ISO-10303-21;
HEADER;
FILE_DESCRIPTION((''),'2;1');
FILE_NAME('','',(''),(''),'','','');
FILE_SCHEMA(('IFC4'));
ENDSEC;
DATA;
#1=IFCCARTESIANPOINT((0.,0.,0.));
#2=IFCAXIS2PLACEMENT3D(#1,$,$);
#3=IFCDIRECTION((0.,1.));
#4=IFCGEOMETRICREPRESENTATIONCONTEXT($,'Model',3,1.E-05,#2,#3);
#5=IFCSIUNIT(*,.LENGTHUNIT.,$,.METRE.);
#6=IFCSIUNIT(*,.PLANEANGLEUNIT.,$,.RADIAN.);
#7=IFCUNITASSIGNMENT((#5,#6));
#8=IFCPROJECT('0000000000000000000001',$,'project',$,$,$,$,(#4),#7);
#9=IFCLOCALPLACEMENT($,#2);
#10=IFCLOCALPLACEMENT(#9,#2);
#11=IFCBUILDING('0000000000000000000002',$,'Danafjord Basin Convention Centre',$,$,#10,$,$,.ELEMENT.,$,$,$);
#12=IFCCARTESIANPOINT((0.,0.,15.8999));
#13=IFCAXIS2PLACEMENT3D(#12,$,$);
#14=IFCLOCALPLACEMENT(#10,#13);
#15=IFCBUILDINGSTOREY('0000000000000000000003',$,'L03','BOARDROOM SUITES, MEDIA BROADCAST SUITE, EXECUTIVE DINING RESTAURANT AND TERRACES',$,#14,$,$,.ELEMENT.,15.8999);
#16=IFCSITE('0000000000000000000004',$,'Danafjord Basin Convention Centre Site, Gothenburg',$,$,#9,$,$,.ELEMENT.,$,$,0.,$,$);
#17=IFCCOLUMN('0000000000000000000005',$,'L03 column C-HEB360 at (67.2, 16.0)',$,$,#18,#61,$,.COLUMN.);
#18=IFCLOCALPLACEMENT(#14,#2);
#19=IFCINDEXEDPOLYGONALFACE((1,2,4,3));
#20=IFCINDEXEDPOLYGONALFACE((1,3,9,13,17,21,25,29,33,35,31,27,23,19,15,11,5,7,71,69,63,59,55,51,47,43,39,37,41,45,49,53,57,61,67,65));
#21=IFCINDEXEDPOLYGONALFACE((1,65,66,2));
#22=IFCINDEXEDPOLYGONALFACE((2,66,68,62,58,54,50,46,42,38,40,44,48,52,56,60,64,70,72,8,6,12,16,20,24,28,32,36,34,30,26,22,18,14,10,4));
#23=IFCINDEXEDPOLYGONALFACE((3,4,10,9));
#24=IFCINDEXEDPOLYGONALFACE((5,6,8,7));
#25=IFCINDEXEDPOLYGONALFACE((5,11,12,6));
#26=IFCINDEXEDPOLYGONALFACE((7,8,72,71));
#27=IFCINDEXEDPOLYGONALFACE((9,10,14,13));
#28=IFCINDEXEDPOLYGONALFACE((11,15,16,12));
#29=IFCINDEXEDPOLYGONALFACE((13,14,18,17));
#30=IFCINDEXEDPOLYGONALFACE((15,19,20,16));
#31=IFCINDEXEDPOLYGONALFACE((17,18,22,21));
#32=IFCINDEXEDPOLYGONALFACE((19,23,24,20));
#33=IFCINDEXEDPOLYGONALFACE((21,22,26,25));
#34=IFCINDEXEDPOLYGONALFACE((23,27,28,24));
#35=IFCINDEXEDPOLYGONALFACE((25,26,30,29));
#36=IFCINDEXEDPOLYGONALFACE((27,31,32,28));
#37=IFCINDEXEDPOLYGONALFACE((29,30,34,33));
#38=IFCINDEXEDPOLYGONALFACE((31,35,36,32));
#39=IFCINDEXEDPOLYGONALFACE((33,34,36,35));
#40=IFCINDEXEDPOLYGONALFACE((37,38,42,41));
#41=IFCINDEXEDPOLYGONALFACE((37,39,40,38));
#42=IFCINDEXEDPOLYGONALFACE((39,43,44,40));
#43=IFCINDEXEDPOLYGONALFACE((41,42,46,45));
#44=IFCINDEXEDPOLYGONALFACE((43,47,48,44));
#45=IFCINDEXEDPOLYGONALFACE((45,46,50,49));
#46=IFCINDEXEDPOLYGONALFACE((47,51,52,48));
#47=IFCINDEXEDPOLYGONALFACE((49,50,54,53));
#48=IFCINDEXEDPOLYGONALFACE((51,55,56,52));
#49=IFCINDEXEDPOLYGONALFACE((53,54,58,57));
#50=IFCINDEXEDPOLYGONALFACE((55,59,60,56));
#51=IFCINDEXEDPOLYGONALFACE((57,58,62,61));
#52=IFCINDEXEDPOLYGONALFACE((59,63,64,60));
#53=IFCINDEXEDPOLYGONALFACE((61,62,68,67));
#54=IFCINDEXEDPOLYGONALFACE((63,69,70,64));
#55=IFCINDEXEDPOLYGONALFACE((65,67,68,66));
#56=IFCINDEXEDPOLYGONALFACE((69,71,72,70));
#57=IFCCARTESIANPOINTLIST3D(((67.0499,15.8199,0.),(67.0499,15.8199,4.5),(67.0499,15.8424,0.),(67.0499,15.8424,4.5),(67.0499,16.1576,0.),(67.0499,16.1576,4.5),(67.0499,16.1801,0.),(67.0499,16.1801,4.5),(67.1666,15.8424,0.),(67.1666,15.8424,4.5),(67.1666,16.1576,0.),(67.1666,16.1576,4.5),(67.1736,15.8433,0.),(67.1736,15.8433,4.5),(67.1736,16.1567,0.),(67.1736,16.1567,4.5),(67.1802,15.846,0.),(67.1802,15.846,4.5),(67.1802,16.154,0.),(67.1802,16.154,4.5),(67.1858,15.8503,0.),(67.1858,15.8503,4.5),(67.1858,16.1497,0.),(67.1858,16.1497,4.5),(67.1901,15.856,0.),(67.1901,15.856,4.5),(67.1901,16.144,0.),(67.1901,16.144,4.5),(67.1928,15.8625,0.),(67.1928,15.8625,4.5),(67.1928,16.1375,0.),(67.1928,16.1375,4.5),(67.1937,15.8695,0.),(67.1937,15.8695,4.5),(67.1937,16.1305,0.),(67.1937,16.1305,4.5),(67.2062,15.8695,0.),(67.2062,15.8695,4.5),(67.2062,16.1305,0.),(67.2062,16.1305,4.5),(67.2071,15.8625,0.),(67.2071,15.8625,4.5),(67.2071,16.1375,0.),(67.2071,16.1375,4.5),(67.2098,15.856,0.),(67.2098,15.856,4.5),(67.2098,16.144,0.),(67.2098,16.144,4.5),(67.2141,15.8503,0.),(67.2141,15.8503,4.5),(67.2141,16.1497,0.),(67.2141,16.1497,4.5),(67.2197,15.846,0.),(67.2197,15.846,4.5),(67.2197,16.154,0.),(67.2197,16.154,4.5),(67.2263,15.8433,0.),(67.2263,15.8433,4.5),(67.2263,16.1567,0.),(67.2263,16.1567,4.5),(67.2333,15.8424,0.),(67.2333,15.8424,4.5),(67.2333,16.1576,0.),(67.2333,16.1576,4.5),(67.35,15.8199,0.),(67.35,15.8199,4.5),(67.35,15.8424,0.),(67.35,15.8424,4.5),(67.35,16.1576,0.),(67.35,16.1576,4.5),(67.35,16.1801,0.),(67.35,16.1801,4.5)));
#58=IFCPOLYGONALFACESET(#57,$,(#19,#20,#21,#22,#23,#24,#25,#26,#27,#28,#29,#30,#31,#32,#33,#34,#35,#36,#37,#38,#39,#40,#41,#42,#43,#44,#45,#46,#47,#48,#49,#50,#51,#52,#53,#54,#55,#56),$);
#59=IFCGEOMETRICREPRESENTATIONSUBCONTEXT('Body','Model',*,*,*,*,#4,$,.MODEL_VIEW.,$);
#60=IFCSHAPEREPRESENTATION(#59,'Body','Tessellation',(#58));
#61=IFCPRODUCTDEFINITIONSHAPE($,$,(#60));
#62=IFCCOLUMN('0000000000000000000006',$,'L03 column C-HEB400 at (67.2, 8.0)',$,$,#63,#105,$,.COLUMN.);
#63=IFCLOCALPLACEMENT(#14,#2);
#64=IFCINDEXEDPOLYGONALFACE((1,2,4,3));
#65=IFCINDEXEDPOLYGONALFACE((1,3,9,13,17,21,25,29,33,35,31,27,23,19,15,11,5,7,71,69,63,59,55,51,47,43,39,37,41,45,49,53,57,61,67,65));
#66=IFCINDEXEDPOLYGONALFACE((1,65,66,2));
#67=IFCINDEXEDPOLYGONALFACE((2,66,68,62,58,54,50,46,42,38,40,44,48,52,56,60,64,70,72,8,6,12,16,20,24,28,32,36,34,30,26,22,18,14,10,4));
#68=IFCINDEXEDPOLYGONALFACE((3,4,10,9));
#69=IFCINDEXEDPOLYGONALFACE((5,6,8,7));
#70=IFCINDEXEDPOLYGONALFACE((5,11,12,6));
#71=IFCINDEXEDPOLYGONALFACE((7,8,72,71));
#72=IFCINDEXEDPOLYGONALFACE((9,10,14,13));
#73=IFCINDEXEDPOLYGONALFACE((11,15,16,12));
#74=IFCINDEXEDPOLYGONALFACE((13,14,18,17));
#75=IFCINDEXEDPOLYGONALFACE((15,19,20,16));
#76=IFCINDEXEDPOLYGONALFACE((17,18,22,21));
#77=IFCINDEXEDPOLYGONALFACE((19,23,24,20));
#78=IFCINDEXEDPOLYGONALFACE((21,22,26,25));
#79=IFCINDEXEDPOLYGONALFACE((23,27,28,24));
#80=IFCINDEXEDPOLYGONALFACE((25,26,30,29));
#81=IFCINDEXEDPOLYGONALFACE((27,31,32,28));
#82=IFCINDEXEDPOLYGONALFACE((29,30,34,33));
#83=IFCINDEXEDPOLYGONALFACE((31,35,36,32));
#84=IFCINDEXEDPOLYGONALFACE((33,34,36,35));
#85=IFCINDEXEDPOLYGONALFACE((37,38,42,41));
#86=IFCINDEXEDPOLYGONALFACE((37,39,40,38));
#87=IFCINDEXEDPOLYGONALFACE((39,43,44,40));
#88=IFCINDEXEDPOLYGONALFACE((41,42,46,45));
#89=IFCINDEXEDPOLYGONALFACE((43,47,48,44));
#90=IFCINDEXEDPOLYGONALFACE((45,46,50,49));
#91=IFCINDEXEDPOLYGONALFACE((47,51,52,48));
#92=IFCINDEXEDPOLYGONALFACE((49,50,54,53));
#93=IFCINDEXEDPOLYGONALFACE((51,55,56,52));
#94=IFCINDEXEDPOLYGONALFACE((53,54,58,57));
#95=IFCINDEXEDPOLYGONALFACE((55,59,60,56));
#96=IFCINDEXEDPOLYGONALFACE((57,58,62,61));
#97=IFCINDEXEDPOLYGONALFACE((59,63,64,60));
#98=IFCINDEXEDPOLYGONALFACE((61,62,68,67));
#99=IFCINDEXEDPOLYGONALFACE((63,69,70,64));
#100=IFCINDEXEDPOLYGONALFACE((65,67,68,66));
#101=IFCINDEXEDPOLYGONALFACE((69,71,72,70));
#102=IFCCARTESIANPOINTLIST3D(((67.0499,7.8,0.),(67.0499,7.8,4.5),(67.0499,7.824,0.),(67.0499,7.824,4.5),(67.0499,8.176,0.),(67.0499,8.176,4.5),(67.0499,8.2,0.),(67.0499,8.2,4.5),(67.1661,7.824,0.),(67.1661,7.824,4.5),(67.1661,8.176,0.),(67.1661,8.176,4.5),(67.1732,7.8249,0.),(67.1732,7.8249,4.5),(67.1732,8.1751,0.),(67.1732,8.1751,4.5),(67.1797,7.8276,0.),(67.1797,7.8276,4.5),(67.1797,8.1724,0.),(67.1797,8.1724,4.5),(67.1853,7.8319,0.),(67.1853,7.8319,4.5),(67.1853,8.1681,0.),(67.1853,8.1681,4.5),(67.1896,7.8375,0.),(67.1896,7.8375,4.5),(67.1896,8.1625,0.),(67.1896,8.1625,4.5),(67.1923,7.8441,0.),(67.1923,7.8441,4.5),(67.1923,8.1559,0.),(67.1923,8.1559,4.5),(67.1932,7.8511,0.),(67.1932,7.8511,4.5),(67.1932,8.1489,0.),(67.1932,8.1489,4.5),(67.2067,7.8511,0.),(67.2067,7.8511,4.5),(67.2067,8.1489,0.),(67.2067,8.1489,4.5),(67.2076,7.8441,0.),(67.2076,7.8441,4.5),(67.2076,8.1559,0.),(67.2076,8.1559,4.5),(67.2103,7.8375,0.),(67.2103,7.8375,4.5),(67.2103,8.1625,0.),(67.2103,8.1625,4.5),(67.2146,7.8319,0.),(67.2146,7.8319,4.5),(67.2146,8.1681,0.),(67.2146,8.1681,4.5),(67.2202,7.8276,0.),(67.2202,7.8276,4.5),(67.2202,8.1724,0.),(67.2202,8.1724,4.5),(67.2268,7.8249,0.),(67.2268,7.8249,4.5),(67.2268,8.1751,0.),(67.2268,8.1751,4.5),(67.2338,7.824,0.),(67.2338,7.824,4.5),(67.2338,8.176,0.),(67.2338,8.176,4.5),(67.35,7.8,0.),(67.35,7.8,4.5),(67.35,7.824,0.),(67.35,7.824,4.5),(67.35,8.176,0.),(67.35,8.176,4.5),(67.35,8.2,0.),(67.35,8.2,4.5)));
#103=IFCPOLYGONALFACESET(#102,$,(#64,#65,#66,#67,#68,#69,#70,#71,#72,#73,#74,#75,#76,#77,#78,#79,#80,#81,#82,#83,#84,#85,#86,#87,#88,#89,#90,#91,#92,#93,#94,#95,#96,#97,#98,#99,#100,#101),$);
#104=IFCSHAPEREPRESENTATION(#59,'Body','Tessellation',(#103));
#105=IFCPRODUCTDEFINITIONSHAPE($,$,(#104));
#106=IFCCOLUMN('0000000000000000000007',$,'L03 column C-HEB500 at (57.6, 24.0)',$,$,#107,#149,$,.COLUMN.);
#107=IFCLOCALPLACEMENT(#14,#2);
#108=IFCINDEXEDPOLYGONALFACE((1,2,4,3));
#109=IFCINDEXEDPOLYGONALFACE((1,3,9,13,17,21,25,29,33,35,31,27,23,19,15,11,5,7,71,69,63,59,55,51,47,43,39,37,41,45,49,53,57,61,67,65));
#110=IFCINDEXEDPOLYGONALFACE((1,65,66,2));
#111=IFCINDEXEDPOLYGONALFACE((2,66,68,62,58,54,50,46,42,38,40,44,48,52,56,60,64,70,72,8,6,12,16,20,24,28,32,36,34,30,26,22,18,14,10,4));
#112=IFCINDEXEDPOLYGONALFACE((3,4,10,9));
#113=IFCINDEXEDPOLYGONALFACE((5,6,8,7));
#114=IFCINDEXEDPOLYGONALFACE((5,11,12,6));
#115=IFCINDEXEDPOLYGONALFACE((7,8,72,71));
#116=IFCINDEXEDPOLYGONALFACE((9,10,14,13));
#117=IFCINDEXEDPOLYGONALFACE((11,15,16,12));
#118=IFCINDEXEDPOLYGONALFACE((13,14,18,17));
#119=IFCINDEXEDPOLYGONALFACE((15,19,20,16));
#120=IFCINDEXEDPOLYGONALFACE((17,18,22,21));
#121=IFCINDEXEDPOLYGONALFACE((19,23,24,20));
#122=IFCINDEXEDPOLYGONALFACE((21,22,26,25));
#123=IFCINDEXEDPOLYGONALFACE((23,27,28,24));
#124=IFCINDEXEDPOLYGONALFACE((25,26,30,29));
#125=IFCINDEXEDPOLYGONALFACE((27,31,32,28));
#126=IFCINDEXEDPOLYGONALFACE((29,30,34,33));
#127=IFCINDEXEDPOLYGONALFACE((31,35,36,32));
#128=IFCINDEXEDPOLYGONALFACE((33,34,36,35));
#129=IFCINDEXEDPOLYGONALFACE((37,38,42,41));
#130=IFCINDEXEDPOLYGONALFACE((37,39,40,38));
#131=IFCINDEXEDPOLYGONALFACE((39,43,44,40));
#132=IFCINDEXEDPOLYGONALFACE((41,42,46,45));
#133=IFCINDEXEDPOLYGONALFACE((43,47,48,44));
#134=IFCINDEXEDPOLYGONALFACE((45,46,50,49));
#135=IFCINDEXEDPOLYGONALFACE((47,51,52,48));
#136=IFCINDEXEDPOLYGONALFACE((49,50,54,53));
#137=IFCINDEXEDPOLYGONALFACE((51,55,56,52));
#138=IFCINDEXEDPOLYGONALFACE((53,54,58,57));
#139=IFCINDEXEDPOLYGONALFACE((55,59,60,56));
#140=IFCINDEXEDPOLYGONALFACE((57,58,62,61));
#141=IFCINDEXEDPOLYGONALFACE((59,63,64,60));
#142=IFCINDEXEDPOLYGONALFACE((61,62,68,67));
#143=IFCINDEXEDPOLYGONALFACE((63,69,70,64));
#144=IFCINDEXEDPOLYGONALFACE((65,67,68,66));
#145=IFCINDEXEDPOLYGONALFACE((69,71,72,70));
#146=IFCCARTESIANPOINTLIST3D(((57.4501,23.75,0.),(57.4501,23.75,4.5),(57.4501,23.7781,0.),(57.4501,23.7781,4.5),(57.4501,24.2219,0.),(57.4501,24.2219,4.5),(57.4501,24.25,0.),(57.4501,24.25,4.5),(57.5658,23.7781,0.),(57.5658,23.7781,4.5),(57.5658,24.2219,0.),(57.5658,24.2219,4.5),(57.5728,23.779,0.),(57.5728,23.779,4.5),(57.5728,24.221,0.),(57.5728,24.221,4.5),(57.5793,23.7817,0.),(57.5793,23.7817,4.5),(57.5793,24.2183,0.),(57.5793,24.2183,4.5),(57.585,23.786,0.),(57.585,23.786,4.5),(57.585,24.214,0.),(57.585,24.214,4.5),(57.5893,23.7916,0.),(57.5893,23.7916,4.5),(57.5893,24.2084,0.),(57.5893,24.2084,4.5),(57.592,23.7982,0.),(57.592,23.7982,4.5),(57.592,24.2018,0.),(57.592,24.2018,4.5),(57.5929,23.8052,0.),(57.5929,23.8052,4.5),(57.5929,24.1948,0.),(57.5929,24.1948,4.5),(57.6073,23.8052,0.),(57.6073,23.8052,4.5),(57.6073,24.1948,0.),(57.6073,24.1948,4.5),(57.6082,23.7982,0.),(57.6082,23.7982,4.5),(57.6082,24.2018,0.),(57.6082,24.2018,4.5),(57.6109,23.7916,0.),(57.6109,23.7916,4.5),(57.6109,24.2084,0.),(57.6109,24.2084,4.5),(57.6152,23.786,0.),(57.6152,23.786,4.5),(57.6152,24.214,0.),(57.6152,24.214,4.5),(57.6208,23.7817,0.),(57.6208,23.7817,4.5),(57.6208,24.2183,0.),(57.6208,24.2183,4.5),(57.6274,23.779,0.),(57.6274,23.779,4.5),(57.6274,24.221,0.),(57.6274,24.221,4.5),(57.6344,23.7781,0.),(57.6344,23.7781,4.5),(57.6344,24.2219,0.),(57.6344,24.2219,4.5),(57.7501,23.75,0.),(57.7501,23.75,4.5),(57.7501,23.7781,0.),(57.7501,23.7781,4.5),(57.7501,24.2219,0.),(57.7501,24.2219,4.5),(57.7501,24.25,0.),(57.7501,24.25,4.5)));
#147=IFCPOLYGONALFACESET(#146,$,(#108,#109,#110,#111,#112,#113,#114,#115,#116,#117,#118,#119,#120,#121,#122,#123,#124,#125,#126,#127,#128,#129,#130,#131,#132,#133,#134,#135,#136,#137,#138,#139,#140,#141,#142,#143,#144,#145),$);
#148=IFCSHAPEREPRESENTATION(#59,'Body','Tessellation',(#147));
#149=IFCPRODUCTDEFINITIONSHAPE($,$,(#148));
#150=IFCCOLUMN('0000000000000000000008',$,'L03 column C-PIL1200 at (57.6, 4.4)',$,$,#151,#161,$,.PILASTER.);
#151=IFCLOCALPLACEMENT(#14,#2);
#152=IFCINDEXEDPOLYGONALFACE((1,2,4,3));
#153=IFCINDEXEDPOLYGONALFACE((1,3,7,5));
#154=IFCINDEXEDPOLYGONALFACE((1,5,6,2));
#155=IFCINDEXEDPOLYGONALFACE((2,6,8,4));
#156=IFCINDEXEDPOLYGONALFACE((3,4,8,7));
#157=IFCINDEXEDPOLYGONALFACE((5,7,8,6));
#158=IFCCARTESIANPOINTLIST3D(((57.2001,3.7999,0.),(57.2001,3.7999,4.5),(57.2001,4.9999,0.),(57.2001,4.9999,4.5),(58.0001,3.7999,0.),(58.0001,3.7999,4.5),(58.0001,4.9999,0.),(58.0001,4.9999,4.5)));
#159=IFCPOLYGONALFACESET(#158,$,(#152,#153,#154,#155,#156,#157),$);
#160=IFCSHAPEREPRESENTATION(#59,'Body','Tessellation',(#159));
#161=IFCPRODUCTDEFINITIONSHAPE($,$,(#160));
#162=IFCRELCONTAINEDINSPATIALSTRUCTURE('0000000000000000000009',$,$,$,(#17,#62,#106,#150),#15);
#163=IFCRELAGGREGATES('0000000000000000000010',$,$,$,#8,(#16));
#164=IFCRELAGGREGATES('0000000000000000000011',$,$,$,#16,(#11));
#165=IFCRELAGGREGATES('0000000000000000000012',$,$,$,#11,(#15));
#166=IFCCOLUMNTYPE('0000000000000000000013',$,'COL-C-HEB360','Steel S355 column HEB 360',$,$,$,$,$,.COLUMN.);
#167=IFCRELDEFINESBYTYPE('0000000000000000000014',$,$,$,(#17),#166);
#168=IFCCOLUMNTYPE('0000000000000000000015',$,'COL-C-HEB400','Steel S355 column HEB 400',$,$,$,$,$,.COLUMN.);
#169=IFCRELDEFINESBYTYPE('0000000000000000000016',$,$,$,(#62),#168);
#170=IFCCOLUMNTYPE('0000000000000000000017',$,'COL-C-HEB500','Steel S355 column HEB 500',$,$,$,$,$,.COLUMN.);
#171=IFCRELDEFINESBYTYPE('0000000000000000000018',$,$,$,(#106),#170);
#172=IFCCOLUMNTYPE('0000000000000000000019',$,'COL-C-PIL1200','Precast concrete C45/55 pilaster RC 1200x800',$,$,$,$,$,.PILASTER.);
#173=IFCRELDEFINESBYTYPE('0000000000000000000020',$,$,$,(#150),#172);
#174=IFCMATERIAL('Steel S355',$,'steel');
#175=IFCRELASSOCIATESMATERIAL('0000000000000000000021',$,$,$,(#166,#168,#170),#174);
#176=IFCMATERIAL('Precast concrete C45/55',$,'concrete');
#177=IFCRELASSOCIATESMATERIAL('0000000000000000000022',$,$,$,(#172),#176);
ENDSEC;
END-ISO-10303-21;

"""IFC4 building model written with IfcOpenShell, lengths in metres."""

from ifc_helpers import new_model, si_unit, direction, frame, origin, origin_2d, place, context, subcontext, project, spatial, rectangle, i_section, extrude, material, material_profile, profile_set, type_object, element, save


model = new_model("IFC4")

# Units and contexts
model_context = context("Model", 3, precision=1e-05, world=origin(), true_north=direction((0.0, 1.0)))
body_context = subcontext(model_context, "Body", "Model", "MODEL_VIEW")
ifc_project = project(units=[si_unit("LENGTHUNIT", "METRE"), si_unit("PLANEANGLEUNIT", "RADIAN")], contexts=[model_context])

# Site, building, storey
site_placement = place(None, origin())
site = spatial("IfcSite", under=ifc_project, at=site_placement, Name="Danafjord Basin Convention Centre Site, Gothenburg", CompositionType="ELEMENT", RefElevation=0.0)
building_placement = place(site_placement, origin())
building = spatial("IfcBuilding", under=site, at=building_placement, Name="Danafjord Basin Convention Centre", CompositionType="ELEMENT")
storey_placement = place(building_placement, frame((0.0, 0.0, 15.8999)))
storey = spatial("IfcBuildingStorey", under=building, at=storey_placement, Name="L03", Description="BOARDROOM SUITES, MEDIA BROADCAST SUITE, EXECUTIVE DINING RESTAURANT AND TERRACES", CompositionType="ELEMENT", Elevation=15.8999)

# Columns
ifc_material_1 = material(Name="Steel S355", Category="steel")
ifc_material_profile_1 = material_profile(ifc_material_1, i_section(OverallWidth=0.3, OverallDepth=0.3601, WebThickness=0.0125, FlangeThickness=0.0225, FilletRadius=0.0271, at=origin_2d()), Name="HEB 360")
ifc_profile_set_1 = profile_set([ifc_material_profile_1], Name="Steel S355")
column_type_1 = type_object("IfcColumnType", Name="COL-C-HEB360", Description="Steel S355 column HEB 360", PredefinedType="COLUMN", material=ifc_profile_set_1)
column_1_placement = place(storey_placement, frame((67.2, 16.0, 0.0), z_axis=(0.0, 0.0, 1.0), x_axis=(1.0, 0.0, 0.0)))
element("IfcColumn", 1, at=column_1_placement, inside=storey, type_object=column_type_1, Name="L03 column C-HEB360 at (67.2, 16.0)", PredefinedType="COLUMN", context=body_context, shape_type="SweptSolid", body=[
    extrude(i_section(OverallWidth=0.3, OverallDepth=0.3601, WebThickness=0.0125, FlangeThickness=0.0225, FilletRadius=0.0271, at=origin_2d()), origin(), (0.0, 0.0, 1.0), 4.5),
])
ifc_material_profile_2 = material_profile(ifc_material_1, i_section(OverallWidth=0.3, OverallDepth=0.3999, WebThickness=0.0134, FlangeThickness=0.0239, FilletRadius=0.0271, at=origin_2d()), Name="HEB 400")
ifc_profile_set_2 = profile_set([ifc_material_profile_2], Name="Steel S355")
column_type_2 = type_object("IfcColumnType", Name="COL-C-HEB400", Description="Steel S355 column HEB 400", PredefinedType="COLUMN", material=ifc_profile_set_2)
column_2_placement = place(storey_placement, frame((67.2, 8.0, 0.0), z_axis=(0.0, 0.0, 1.0), x_axis=(1.0, 0.0, 0.0)))
element("IfcColumn", 2, at=column_2_placement, inside=storey, type_object=column_type_2, Name="L03 column C-HEB400 at (67.2, 8.0)", PredefinedType="COLUMN", context=body_context, shape_type="SweptSolid", body=[
    extrude(i_section(OverallWidth=0.3, OverallDepth=0.3999, WebThickness=0.0134, FlangeThickness=0.0239, FilletRadius=0.0271, at=origin_2d()), origin(), (0.0, 0.0, 1.0), 4.5),
])
ifc_material_profile_3 = material_profile(ifc_material_1, i_section(OverallWidth=0.3, OverallDepth=0.5, WebThickness=0.0144, FlangeThickness=0.0281, FilletRadius=0.0271, at=origin_2d()), Name="HEB 500")
ifc_profile_set_3 = profile_set([ifc_material_profile_3], Name="Steel S355")
column_type_3 = type_object("IfcColumnType", Name="COL-C-HEB500", Description="Steel S355 column HEB 500", PredefinedType="COLUMN", material=ifc_profile_set_3)
column_3_placement = place(storey_placement, frame((57.6001, 24.0, 0.0), z_axis=(0.0, 0.0, 1.0), x_axis=(1.0, 0.0, 0.0)))
element("IfcColumn", 3, at=column_3_placement, inside=storey, type_object=column_type_3, Name="L03 column C-HEB500 at (57.6, 24.0)", PredefinedType="COLUMN", context=body_context, shape_type="SweptSolid", body=[
    extrude(i_section(OverallWidth=0.3, OverallDepth=0.5, WebThickness=0.0144, FlangeThickness=0.0281, FilletRadius=0.0271, at=origin_2d()), origin(), (0.0, 0.0, 1.0), 4.5),
])
ifc_material_2 = material(Name="Precast concrete C45/55", Category="concrete")
ifc_material_profile_4 = material_profile(ifc_material_2, rectangle(XDim=0.8, YDim=1.2, at=origin_2d()), Name="RC 1200x800")
ifc_profile_set_4 = profile_set([ifc_material_profile_4], Name="Precast concrete C45/55")
column_type_4 = type_object("IfcColumnType", Name="COL-C-PIL1200", Description="Precast concrete C45/55 pilaster RC 1200x800", PredefinedType="PILASTER", material=ifc_profile_set_4)
column_4_placement = place(storey_placement, frame((57.6001, 4.3999, 0.0), z_axis=(0.0, 0.0, 1.0), x_axis=(1.0, 0.0, 0.0)))
element("IfcColumn", 4, at=column_4_placement, inside=storey, type_object=column_type_4, Name="L03 column C-PIL1200 at (57.6, 4.4)", PredefinedType="PILASTER", context=body_context, shape_type="SweptSolid", body=[
    extrude(rectangle(XDim=0.8, YDim=1.2, at=origin_2d()), origin(), (0.0, 0.0, 1.0), 4.5),
])

save(model, "model.ifc")
